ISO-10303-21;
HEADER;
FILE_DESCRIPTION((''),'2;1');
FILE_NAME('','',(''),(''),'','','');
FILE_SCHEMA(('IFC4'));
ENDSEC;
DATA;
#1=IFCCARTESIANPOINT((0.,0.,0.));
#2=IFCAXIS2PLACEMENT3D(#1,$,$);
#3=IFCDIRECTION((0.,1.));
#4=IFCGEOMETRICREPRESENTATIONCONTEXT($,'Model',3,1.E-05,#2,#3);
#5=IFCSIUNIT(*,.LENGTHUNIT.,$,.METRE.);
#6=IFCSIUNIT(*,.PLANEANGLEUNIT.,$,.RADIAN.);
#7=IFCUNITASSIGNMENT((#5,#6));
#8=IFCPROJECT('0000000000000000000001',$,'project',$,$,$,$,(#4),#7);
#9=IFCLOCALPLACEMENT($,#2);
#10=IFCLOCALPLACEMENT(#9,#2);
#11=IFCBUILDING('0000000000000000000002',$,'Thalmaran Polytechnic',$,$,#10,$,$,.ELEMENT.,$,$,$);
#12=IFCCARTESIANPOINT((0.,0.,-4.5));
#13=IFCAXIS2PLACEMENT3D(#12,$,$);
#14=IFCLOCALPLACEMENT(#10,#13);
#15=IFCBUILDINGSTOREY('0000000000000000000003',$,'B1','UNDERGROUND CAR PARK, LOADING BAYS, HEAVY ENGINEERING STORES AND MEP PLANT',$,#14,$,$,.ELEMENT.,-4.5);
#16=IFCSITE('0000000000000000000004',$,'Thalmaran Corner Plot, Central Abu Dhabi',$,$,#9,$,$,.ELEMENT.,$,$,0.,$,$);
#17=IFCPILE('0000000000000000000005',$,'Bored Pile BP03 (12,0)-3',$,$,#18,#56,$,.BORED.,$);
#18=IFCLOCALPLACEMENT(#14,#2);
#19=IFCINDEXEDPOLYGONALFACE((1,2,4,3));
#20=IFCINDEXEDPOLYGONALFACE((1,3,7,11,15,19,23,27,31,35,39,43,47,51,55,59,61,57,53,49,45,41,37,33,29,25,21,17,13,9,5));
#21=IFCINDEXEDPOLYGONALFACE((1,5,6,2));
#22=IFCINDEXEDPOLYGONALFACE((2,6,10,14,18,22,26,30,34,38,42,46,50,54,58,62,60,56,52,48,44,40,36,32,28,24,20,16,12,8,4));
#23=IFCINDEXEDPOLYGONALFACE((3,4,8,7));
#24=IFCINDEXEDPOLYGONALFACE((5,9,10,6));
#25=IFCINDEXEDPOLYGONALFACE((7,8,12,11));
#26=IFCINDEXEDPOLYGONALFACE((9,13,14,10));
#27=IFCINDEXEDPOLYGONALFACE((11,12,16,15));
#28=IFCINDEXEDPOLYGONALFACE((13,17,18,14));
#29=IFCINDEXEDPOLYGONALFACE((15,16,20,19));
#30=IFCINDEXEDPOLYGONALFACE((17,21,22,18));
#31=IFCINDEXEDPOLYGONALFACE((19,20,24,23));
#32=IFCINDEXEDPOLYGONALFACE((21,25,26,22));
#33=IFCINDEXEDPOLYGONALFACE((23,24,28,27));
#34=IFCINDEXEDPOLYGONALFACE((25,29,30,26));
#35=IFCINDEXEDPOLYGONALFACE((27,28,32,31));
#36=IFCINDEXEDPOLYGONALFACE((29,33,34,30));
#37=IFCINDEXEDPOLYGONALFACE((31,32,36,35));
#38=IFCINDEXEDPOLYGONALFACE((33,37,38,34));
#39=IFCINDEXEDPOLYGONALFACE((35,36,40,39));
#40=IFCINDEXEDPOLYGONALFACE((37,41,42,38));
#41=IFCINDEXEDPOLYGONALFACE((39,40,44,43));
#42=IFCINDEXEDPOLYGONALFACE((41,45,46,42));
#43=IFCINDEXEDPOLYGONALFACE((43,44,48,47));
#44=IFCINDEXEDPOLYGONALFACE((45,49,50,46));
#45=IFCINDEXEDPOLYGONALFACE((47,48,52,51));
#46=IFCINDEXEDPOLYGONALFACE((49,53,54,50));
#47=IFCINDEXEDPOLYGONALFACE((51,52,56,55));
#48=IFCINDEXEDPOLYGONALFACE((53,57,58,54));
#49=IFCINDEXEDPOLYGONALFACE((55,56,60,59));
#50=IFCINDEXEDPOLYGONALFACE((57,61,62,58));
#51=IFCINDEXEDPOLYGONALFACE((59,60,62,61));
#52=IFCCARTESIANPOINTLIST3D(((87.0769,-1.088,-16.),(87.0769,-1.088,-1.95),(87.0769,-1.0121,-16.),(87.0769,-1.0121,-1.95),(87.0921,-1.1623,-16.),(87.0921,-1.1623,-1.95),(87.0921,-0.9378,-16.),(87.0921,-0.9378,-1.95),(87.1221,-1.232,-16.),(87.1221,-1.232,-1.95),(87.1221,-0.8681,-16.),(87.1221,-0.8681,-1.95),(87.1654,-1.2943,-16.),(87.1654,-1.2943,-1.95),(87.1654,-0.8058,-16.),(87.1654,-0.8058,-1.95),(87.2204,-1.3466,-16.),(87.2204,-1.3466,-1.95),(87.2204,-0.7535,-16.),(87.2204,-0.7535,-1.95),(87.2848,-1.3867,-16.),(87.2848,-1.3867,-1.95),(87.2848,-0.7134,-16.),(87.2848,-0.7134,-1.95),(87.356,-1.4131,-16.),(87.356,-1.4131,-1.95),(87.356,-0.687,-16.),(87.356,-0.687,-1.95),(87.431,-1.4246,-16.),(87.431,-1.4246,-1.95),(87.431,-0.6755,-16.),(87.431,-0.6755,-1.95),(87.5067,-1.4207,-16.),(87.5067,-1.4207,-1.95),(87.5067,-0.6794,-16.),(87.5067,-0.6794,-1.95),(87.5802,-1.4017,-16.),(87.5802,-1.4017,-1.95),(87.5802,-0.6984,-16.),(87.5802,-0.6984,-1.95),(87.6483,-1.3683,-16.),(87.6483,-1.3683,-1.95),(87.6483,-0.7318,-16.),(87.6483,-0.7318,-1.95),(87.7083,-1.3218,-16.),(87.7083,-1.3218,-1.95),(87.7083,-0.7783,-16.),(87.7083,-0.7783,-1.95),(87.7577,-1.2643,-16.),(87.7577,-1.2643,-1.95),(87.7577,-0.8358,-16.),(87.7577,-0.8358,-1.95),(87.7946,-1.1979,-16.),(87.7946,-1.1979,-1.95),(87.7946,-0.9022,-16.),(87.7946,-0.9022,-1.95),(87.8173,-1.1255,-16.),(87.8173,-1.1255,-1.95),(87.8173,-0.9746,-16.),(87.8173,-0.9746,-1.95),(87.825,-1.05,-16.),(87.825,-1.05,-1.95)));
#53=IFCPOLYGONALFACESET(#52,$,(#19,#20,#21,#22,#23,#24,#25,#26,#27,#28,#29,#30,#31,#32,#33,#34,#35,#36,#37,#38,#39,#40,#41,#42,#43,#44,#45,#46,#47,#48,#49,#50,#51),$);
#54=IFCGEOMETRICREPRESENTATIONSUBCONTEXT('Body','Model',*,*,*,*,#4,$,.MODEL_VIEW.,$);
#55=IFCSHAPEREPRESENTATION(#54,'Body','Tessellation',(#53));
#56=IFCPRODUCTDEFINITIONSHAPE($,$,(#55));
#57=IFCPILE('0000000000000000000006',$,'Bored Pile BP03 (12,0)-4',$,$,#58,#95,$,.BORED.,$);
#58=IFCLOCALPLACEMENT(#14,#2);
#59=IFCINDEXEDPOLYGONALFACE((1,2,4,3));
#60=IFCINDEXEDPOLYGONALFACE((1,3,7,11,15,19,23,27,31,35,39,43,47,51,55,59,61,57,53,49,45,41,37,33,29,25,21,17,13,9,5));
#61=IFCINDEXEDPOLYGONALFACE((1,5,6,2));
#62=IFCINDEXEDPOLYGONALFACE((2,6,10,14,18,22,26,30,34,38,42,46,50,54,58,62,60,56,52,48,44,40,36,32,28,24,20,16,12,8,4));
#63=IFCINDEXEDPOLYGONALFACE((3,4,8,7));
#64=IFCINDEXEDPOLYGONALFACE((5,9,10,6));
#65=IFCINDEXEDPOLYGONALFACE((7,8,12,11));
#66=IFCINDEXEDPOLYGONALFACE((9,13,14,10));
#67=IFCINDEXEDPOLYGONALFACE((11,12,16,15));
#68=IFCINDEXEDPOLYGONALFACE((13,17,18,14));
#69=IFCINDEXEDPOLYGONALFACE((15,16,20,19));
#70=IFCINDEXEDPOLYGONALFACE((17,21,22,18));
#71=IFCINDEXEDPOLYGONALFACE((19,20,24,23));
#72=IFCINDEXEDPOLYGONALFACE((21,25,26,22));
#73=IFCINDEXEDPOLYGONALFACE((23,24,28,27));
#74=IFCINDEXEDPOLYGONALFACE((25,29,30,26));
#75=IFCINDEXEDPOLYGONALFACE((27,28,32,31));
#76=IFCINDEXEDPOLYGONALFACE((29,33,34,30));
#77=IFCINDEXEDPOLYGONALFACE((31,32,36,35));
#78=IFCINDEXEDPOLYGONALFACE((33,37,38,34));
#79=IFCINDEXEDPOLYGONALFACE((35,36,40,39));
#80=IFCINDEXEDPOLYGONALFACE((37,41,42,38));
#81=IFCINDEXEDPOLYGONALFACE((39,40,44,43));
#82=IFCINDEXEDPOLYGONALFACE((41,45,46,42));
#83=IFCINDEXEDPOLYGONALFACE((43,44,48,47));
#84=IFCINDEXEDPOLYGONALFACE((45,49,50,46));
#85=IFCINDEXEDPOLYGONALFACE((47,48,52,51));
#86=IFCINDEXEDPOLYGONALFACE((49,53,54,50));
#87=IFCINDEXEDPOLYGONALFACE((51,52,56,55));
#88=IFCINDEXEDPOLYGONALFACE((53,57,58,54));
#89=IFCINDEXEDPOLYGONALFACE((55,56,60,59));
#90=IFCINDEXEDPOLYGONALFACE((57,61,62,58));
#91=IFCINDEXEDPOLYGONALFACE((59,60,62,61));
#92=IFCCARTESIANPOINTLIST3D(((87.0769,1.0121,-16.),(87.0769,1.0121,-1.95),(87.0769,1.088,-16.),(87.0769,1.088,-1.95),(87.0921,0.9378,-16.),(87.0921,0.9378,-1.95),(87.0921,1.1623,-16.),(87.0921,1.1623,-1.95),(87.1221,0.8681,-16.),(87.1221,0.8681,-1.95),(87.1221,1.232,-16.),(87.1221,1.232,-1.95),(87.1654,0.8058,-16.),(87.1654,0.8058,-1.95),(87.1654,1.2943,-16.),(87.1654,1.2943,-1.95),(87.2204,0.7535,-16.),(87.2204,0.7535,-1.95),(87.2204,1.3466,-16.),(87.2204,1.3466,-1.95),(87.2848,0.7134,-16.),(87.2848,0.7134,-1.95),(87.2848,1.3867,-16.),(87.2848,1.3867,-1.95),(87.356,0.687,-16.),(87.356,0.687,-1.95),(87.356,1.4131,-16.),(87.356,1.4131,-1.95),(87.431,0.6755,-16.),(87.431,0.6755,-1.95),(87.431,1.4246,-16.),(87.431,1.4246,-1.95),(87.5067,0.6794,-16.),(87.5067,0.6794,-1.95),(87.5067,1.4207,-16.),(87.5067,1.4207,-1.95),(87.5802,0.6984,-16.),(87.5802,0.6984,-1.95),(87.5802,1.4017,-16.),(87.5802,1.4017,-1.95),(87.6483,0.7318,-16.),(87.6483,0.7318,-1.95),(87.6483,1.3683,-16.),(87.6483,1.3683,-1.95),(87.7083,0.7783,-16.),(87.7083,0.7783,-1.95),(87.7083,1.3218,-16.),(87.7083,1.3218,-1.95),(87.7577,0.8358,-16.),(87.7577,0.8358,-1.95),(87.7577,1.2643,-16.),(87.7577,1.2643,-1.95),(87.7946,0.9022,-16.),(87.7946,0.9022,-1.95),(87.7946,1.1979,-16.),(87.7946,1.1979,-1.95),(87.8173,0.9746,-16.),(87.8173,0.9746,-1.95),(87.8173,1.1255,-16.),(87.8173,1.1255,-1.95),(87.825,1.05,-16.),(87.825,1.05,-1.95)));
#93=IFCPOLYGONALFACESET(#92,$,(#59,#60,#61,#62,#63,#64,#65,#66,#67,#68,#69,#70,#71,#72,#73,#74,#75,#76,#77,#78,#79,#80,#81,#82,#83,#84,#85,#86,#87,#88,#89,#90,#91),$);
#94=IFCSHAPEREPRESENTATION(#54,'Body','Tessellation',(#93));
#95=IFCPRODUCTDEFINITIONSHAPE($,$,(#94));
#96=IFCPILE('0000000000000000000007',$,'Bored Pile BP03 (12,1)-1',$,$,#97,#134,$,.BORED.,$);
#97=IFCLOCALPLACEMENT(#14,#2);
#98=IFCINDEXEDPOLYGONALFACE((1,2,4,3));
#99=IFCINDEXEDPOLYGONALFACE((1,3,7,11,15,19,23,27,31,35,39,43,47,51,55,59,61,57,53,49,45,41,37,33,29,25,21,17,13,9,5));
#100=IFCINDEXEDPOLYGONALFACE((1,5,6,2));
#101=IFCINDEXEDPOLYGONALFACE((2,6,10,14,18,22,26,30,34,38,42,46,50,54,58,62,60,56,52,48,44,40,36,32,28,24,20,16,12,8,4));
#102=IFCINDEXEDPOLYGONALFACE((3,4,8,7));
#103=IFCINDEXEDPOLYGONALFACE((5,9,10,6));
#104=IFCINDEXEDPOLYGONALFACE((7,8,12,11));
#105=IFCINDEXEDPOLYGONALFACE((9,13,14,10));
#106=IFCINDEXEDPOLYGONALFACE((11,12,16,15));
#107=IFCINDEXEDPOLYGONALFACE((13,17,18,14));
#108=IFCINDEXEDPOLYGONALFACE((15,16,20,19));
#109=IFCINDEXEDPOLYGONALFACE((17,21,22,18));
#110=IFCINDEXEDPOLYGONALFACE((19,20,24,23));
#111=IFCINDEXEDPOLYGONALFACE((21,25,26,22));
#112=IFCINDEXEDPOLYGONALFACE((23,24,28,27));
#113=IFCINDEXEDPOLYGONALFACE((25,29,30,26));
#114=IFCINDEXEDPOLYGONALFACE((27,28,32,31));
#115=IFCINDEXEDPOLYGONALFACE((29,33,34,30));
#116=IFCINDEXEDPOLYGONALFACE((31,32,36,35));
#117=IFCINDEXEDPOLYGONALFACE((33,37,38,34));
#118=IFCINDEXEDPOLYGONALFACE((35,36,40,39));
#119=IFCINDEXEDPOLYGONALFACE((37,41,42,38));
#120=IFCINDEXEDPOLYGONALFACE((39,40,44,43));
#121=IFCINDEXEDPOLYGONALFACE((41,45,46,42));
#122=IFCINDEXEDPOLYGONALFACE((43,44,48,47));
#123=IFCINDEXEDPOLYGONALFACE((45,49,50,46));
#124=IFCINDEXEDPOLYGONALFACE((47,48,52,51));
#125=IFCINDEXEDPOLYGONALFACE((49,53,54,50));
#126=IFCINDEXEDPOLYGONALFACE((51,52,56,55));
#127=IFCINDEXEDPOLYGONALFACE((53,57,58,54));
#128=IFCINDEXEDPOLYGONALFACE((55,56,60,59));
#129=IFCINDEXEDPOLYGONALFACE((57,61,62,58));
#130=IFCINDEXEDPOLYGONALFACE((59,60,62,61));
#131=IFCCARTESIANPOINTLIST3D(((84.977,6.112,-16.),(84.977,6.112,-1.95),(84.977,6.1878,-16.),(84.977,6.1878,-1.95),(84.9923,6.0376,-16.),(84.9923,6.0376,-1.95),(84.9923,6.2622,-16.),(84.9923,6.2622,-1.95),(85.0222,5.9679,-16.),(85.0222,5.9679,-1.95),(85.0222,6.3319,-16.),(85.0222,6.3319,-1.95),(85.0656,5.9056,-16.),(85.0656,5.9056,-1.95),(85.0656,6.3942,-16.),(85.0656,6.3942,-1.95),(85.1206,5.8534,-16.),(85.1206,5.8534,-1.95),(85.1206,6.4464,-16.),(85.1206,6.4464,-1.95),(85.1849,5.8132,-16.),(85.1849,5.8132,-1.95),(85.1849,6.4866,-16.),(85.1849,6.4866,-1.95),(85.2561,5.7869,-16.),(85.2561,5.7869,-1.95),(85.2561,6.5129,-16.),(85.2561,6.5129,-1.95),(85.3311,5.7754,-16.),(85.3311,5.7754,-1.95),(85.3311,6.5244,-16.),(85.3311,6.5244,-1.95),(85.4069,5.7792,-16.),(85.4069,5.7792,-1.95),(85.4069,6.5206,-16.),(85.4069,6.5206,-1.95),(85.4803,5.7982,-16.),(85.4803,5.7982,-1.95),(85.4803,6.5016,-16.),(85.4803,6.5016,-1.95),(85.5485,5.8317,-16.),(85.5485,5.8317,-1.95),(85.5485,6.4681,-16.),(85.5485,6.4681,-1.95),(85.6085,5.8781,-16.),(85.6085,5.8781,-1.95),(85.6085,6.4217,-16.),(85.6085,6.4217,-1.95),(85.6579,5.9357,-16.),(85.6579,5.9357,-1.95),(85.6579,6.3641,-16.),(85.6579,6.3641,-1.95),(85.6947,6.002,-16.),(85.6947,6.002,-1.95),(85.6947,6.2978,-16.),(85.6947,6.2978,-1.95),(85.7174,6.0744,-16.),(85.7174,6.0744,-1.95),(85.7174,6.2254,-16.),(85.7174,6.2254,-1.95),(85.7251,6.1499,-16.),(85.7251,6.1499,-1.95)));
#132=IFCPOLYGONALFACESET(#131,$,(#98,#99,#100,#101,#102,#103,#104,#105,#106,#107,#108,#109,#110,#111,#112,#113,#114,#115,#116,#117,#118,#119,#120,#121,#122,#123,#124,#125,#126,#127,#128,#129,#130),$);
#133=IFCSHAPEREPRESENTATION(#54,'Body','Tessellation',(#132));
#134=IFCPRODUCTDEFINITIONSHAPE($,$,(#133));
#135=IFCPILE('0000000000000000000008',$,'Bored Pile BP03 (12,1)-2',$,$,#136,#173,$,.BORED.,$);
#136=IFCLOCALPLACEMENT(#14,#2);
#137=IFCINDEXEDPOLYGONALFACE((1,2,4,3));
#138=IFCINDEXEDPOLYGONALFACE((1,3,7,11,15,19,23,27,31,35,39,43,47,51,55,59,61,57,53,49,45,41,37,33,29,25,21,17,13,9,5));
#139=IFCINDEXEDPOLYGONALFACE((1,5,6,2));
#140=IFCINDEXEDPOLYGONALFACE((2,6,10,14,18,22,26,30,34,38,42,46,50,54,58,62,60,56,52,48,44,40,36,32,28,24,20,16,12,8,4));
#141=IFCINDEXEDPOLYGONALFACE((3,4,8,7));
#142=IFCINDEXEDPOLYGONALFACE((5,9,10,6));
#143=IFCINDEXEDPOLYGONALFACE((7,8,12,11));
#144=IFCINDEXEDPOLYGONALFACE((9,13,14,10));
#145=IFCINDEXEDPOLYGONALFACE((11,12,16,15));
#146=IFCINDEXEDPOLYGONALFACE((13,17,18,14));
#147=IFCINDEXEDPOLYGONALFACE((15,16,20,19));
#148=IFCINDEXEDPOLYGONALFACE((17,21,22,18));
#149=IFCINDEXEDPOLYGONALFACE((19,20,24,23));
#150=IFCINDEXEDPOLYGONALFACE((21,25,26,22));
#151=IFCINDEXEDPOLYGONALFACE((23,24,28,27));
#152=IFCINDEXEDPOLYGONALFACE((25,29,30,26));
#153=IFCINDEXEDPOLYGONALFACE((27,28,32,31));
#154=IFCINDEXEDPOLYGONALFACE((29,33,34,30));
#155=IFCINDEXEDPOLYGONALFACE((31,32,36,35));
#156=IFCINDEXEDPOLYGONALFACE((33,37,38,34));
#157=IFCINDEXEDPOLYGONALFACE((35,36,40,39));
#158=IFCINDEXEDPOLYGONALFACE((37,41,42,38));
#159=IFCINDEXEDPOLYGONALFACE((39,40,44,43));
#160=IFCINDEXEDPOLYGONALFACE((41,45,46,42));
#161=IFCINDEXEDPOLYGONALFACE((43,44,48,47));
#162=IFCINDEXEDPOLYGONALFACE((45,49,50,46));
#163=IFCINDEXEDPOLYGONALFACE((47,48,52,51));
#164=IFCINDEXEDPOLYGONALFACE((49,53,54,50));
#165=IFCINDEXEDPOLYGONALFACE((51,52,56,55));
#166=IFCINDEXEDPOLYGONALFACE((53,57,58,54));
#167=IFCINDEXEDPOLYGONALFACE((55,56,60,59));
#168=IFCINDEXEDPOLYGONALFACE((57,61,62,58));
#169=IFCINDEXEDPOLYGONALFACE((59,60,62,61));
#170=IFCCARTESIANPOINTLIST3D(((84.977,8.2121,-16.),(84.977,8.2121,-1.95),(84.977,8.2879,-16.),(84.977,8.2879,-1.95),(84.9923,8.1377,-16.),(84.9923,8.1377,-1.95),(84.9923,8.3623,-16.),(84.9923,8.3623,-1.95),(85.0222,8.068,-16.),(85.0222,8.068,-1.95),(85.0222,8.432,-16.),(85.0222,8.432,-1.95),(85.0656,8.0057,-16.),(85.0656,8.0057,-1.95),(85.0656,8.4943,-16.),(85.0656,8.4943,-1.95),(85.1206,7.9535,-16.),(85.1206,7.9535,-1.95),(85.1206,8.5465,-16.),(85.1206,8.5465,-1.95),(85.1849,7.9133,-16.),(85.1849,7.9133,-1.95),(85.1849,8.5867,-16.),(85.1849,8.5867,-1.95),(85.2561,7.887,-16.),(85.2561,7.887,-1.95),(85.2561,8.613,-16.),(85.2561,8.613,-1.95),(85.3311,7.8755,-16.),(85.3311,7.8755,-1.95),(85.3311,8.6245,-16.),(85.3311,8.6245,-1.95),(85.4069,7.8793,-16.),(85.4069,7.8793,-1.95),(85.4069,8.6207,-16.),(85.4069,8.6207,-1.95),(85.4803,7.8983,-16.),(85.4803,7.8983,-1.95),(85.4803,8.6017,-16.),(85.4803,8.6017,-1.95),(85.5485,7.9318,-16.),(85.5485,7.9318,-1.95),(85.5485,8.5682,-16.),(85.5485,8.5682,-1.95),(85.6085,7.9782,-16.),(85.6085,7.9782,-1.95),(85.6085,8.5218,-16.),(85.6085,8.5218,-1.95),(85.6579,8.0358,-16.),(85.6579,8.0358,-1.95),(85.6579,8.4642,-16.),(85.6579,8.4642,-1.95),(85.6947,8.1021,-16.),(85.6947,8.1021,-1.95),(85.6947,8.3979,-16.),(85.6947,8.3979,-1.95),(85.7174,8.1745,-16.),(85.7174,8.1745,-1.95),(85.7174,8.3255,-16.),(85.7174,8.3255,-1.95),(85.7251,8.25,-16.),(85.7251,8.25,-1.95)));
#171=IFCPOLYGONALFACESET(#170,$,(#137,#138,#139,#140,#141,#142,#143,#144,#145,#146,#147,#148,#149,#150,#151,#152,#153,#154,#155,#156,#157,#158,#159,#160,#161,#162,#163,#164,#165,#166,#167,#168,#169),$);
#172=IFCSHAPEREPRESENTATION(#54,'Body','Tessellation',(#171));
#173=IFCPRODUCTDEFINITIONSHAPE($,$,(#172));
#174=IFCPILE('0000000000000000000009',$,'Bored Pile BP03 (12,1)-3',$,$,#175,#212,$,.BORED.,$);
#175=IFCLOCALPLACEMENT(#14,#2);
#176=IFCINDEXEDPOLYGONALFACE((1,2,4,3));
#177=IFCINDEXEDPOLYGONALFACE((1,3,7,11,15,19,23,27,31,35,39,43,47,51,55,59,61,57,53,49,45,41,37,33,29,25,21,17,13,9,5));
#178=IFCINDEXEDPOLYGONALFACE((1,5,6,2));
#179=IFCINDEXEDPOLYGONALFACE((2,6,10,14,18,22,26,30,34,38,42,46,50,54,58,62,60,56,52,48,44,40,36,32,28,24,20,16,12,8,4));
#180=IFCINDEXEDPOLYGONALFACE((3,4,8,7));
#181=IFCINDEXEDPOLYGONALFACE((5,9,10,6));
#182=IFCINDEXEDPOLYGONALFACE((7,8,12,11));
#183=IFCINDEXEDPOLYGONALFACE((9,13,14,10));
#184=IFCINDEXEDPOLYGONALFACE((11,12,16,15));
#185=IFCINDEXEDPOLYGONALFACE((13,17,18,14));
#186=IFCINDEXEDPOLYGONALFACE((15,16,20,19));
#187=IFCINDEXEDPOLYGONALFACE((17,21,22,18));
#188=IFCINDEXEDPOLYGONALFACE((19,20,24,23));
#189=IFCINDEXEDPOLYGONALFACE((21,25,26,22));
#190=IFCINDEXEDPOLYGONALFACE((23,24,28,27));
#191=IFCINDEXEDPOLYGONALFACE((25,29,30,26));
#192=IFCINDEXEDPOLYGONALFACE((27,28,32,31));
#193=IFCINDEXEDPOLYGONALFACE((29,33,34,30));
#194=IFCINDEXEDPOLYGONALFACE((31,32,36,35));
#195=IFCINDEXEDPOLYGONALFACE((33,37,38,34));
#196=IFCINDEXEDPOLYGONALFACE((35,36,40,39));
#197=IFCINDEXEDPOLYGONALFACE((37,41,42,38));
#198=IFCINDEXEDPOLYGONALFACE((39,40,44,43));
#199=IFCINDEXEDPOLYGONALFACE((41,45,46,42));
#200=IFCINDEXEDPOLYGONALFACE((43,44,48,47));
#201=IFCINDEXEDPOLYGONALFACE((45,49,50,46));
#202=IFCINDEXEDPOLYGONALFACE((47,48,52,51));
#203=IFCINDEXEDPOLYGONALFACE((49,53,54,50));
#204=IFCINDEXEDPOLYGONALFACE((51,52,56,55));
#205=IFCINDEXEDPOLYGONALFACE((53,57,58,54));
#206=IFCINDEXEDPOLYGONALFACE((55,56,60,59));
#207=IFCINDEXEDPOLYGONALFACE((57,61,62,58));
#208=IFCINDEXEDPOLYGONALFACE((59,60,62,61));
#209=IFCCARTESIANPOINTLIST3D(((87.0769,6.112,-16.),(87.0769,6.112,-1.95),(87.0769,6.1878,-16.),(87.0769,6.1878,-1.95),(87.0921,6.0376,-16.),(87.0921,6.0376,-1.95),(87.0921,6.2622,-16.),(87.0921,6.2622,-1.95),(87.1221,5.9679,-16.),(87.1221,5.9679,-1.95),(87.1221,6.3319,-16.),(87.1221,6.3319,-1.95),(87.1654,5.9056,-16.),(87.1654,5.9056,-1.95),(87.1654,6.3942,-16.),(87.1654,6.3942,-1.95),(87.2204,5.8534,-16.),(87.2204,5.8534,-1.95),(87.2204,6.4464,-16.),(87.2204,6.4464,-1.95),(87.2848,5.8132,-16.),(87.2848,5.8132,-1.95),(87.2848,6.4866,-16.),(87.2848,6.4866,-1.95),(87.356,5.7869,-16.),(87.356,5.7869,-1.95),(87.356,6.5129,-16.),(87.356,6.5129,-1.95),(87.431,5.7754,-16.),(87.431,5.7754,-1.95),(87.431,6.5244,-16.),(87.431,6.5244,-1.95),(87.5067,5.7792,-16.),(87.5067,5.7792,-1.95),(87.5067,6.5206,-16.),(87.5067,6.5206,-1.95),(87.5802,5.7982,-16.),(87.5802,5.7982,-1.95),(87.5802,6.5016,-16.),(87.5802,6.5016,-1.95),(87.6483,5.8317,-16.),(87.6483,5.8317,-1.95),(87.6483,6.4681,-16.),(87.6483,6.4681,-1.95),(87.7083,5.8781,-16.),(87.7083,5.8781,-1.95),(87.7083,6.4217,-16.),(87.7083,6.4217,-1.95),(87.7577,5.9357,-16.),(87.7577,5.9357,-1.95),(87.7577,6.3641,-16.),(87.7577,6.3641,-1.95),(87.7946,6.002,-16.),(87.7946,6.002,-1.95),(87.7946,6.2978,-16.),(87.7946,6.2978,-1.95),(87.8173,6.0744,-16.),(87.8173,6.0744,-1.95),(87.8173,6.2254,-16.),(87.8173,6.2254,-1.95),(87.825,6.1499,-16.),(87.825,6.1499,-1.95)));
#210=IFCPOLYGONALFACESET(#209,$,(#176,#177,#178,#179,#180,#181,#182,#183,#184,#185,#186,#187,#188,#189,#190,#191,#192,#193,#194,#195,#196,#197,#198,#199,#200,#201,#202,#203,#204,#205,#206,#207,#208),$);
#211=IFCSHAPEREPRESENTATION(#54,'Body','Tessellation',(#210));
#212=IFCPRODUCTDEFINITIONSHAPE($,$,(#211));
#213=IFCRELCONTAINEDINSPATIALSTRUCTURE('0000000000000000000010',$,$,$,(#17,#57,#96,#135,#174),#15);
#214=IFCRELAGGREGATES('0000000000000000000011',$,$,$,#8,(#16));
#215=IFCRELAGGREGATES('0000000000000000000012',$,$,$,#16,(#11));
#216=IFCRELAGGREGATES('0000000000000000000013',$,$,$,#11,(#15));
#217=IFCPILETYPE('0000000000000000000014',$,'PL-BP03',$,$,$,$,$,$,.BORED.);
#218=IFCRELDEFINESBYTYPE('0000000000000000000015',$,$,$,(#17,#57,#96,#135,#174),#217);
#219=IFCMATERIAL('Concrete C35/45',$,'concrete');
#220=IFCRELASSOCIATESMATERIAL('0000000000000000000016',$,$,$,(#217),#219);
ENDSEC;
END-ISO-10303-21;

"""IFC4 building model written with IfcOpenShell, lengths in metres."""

from ifc_helpers import new_model, si_unit, direction, frame, origin, origin_2d, place, context, subcontext, project, spatial, circle, extrude, material, material_profile, profile_set, type_object, element, save


model = new_model("IFC4")

# Units and contexts
model_context = context("Model", 3, precision=1e-05, world=origin(), true_north=direction((0.0, 1.0)))
body_context = subcontext(model_context, "Body", "Model", "MODEL_VIEW")
ifc_project = project(units=[si_unit("LENGTHUNIT", "METRE"), si_unit("PLANEANGLEUNIT", "RADIAN")], contexts=[model_context])

# Site, building, storey
site_placement = place(None, origin())
site = spatial("IfcSite", under=ifc_project, at=site_placement, Name="Thalmaran Corner Plot, Central Abu Dhabi", CompositionType="ELEMENT", RefElevation=0.0)
building_placement = place(site_placement, origin())
building = spatial("IfcBuilding", under=site, at=building_placement, Name="Thalmaran Polytechnic", CompositionType="ELEMENT")
storey_placement = place(building_placement, frame((0.0, 0.0, -4.5)))
storey = spatial("IfcBuildingStorey", under=building, at=storey_placement, Name="B1", Description="UNDERGROUND CAR PARK, LOADING BAYS, HEAVY ENGINEERING STORES AND MEP PLANT", CompositionType="ELEMENT", Elevation=-4.5)

# Piles
ifc_material_1 = material(Name="Concrete C35/45", Category="concrete")
ifc_material_profile_1 = material_profile(ifc_material_1, circle(Radius=0.375, at=origin_2d()), Name="RC 750 DIA")
ifc_profile_set_1 = profile_set([ifc_material_profile_1], Name="Concrete C35/45")
pile_type = type_object("IfcPileType", Name="PL-BP03", PredefinedType="BORED", material=ifc_profile_set_1)
for number, where, z_axis, x_axis, name in (
    (1, (87.45, -1.05, -1.95), (0.0, 0.0, -1.0), (1.0, 0.0, 0.0), "Bored Pile BP03 (12,0)-3"),
    (2, (87.45, 1.05, -1.95), (0.0, 0.0, -1.0), (1.0, 0.0, 0.0), "Bored Pile BP03 (12,0)-4"),
    (3, (85.3501, 6.1499, -1.95), (0.0, 0.0, -1.0), (1.0, 0.0, 0.0), "Bored Pile BP03 (12,1)-1"),
    (4, (85.3501, 8.25, -1.95), (0.0, 0.0, -1.0), (1.0, 0.0, 0.0), "Bored Pile BP03 (12,1)-2"),
    (5, (87.45, 6.1499, -1.95), (0.0, 0.0, -1.0), (1.0, 0.0, 0.0), "Bored Pile BP03 (12,1)-3"),
):
    element("IfcPile", number, at=place(storey_placement, frame(where, z_axis=z_axis, x_axis=x_axis)), inside=storey, type_object=pile_type, Name=name, PredefinedType="BORED", context=body_context, shape_type="SweptSolid", body=[
        extrude(circle(Radius=0.375, at=origin_2d()), origin(), (0.0, 0.0, 1.0), 14.05),
    ])

save(model, "model.ifc")
